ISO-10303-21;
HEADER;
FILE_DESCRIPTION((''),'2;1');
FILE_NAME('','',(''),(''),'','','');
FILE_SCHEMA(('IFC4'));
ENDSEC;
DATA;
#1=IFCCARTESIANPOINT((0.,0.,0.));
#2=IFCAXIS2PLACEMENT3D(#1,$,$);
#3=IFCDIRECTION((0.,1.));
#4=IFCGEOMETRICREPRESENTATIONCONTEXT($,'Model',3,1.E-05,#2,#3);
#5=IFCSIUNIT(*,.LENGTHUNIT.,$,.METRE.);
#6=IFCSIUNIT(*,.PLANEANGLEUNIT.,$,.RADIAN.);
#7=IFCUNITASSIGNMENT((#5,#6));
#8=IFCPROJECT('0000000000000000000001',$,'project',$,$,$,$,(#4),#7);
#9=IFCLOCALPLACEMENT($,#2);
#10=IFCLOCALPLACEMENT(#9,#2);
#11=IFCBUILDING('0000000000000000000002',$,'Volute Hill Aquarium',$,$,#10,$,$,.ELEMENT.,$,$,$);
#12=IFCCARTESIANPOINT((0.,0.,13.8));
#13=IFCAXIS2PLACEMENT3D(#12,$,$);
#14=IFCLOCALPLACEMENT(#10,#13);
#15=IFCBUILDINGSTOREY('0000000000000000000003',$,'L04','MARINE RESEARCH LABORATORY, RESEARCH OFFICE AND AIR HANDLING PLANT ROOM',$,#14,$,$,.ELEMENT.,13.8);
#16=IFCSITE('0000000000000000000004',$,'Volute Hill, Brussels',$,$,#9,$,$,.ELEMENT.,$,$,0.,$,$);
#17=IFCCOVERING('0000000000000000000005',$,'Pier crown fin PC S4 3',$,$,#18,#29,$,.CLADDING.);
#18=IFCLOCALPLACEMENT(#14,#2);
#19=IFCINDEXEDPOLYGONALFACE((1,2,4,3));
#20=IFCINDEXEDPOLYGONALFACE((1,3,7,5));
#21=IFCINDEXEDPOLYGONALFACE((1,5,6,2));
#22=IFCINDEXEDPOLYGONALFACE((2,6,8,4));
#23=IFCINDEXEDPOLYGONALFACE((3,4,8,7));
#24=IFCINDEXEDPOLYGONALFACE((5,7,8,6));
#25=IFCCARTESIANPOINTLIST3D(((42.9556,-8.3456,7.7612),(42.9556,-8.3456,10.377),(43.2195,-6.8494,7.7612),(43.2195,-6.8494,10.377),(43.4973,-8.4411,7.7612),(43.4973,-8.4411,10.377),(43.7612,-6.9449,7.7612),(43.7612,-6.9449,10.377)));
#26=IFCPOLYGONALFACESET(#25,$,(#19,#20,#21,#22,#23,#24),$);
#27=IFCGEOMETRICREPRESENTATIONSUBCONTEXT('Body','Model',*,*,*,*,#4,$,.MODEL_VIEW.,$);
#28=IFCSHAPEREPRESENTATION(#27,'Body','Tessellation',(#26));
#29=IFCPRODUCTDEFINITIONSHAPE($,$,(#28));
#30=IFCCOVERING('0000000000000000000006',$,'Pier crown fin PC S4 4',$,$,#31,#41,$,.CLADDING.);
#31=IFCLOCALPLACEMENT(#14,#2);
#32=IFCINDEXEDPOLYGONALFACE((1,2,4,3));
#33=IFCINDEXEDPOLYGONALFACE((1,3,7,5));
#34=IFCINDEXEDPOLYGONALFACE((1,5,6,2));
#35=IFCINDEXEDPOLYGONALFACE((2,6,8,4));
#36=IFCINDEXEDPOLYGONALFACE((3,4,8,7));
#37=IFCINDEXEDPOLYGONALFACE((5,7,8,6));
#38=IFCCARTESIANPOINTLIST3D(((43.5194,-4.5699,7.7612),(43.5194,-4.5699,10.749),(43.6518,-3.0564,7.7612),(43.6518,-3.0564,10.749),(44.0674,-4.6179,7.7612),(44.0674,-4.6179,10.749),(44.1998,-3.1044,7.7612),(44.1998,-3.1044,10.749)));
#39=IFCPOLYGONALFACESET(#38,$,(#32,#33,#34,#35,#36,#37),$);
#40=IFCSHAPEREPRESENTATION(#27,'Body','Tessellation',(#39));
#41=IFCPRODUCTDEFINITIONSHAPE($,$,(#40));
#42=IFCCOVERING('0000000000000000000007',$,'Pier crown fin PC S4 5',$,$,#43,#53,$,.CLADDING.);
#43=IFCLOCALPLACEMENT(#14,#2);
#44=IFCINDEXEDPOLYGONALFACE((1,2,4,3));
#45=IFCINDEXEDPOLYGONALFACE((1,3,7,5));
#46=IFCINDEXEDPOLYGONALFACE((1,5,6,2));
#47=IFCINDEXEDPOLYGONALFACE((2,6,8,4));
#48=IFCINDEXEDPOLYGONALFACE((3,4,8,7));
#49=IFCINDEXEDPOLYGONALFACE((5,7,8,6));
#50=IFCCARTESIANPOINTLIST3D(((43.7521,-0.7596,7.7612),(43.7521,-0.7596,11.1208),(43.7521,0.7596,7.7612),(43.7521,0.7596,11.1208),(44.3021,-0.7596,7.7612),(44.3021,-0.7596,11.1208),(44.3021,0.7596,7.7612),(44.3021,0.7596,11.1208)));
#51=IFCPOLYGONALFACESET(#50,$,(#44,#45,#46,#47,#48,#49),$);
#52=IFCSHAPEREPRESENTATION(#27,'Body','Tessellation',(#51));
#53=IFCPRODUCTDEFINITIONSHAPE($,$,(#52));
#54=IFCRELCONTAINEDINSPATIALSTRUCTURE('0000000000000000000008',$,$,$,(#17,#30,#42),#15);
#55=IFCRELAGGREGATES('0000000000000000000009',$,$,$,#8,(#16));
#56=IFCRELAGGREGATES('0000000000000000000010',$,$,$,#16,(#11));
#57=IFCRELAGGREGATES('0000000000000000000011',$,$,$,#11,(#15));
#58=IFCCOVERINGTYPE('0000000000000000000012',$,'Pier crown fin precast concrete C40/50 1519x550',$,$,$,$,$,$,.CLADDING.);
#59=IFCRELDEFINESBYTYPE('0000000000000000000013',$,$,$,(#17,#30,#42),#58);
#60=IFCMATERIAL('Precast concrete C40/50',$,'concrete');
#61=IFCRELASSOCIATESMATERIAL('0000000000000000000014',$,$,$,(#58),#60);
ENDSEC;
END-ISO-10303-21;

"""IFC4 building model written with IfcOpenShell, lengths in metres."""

from ifc_helpers import new_model, si_unit, direction, frame, origin, origin_2d, place, context, subcontext, project, spatial, rectangle, extrude, material, type_object, element, save


model = new_model("IFC4")

# Units and contexts
model_context = context("Model", 3, precision=1e-05, world=origin(), true_north=direction((0.0, 1.0)))
body_context = subcontext(model_context, "Body", "Model", "MODEL_VIEW")
ifc_project = project(units=[si_unit("LENGTHUNIT", "METRE"), si_unit("PLANEANGLEUNIT", "RADIAN")], contexts=[model_context])

# Site, building, storey
site_placement = place(None, origin())
site = spatial("IfcSite", under=ifc_project, at=site_placement, Name="Volute Hill, Brussels", CompositionType="ELEMENT", RefElevation=0.0)
building_placement = place(site_placement, origin())
building = spatial("IfcBuilding", under=site, at=building_placement, Name="Volute Hill Aquarium", CompositionType="ELEMENT")
storey_placement = place(building_placement, frame((0.0, 0.0, 13.8)))
storey = spatial("IfcBuildingStorey", under=building, at=storey_placement, Name="L04", Description="MARINE RESEARCH LABORATORY, RESEARCH OFFICE AND AIR HANDLING PLANT ROOM", CompositionType="ELEMENT", Elevation=13.8)

# Coverings
ifc_material_1 = material(Name="Precast concrete C40/50", Category="concrete")
covering_type_1 = type_object("IfcCoveringType", Name="Pier crown fin precast concrete C40/50 1519x550", PredefinedType="CLADDING", material=ifc_material_1)
covering_1_placement = place(storey_placement, frame((43.3584, -7.6453, 7.7612), z_axis=(0.0, 0.0, 1.0), x_axis=(0.173648, 0.984808, 0.0)))
element("IfcCovering", 1, at=covering_1_placement, inside=storey, type_object=covering_type_1, Name="Pier crown fin PC S4 3", PredefinedType="CLADDING", context=body_context, shape_type="SweptSolid", body=[
    extrude(rectangle(XDim=1.5193, YDim=0.55, at=origin_2d()), origin(), (0.0, 0.0, 1.0), 2.6157),
])
covering_2_placement = place(storey_placement, frame((43.8596, -3.8372, 7.7612), z_axis=(0.0, 0.0, 1.0), x_axis=(0.087156, 0.996195, 0.0)))
element("IfcCovering", 2, at=covering_2_placement, inside=storey, type_object=covering_type_1, Name="Pier crown fin PC S4 4", PredefinedType="CLADDING", context=body_context, shape_type="SweptSolid", body=[
    extrude(rectangle(XDim=1.5193, YDim=0.55, at=origin_2d()), origin(), (0.0, 0.0, 1.0), 2.9878),
])
covering_3_placement = place(storey_placement, frame((44.0271, 0.0, 7.7612), z_axis=(0.0, 0.0, 1.0), x_axis=(0.0, 1.0, 0.0)))
element("IfcCovering", 3, at=covering_3_placement, inside=storey, type_object=covering_type_1, Name="Pier crown fin PC S4 5", PredefinedType="CLADDING", context=body_context, shape_type="SweptSolid", body=[
    extrude(rectangle(XDim=1.5193, YDim=0.55, at=origin_2d()), origin(), (0.0, 0.0, 1.0), 3.3596),
])

save(model, "model.ifc")
